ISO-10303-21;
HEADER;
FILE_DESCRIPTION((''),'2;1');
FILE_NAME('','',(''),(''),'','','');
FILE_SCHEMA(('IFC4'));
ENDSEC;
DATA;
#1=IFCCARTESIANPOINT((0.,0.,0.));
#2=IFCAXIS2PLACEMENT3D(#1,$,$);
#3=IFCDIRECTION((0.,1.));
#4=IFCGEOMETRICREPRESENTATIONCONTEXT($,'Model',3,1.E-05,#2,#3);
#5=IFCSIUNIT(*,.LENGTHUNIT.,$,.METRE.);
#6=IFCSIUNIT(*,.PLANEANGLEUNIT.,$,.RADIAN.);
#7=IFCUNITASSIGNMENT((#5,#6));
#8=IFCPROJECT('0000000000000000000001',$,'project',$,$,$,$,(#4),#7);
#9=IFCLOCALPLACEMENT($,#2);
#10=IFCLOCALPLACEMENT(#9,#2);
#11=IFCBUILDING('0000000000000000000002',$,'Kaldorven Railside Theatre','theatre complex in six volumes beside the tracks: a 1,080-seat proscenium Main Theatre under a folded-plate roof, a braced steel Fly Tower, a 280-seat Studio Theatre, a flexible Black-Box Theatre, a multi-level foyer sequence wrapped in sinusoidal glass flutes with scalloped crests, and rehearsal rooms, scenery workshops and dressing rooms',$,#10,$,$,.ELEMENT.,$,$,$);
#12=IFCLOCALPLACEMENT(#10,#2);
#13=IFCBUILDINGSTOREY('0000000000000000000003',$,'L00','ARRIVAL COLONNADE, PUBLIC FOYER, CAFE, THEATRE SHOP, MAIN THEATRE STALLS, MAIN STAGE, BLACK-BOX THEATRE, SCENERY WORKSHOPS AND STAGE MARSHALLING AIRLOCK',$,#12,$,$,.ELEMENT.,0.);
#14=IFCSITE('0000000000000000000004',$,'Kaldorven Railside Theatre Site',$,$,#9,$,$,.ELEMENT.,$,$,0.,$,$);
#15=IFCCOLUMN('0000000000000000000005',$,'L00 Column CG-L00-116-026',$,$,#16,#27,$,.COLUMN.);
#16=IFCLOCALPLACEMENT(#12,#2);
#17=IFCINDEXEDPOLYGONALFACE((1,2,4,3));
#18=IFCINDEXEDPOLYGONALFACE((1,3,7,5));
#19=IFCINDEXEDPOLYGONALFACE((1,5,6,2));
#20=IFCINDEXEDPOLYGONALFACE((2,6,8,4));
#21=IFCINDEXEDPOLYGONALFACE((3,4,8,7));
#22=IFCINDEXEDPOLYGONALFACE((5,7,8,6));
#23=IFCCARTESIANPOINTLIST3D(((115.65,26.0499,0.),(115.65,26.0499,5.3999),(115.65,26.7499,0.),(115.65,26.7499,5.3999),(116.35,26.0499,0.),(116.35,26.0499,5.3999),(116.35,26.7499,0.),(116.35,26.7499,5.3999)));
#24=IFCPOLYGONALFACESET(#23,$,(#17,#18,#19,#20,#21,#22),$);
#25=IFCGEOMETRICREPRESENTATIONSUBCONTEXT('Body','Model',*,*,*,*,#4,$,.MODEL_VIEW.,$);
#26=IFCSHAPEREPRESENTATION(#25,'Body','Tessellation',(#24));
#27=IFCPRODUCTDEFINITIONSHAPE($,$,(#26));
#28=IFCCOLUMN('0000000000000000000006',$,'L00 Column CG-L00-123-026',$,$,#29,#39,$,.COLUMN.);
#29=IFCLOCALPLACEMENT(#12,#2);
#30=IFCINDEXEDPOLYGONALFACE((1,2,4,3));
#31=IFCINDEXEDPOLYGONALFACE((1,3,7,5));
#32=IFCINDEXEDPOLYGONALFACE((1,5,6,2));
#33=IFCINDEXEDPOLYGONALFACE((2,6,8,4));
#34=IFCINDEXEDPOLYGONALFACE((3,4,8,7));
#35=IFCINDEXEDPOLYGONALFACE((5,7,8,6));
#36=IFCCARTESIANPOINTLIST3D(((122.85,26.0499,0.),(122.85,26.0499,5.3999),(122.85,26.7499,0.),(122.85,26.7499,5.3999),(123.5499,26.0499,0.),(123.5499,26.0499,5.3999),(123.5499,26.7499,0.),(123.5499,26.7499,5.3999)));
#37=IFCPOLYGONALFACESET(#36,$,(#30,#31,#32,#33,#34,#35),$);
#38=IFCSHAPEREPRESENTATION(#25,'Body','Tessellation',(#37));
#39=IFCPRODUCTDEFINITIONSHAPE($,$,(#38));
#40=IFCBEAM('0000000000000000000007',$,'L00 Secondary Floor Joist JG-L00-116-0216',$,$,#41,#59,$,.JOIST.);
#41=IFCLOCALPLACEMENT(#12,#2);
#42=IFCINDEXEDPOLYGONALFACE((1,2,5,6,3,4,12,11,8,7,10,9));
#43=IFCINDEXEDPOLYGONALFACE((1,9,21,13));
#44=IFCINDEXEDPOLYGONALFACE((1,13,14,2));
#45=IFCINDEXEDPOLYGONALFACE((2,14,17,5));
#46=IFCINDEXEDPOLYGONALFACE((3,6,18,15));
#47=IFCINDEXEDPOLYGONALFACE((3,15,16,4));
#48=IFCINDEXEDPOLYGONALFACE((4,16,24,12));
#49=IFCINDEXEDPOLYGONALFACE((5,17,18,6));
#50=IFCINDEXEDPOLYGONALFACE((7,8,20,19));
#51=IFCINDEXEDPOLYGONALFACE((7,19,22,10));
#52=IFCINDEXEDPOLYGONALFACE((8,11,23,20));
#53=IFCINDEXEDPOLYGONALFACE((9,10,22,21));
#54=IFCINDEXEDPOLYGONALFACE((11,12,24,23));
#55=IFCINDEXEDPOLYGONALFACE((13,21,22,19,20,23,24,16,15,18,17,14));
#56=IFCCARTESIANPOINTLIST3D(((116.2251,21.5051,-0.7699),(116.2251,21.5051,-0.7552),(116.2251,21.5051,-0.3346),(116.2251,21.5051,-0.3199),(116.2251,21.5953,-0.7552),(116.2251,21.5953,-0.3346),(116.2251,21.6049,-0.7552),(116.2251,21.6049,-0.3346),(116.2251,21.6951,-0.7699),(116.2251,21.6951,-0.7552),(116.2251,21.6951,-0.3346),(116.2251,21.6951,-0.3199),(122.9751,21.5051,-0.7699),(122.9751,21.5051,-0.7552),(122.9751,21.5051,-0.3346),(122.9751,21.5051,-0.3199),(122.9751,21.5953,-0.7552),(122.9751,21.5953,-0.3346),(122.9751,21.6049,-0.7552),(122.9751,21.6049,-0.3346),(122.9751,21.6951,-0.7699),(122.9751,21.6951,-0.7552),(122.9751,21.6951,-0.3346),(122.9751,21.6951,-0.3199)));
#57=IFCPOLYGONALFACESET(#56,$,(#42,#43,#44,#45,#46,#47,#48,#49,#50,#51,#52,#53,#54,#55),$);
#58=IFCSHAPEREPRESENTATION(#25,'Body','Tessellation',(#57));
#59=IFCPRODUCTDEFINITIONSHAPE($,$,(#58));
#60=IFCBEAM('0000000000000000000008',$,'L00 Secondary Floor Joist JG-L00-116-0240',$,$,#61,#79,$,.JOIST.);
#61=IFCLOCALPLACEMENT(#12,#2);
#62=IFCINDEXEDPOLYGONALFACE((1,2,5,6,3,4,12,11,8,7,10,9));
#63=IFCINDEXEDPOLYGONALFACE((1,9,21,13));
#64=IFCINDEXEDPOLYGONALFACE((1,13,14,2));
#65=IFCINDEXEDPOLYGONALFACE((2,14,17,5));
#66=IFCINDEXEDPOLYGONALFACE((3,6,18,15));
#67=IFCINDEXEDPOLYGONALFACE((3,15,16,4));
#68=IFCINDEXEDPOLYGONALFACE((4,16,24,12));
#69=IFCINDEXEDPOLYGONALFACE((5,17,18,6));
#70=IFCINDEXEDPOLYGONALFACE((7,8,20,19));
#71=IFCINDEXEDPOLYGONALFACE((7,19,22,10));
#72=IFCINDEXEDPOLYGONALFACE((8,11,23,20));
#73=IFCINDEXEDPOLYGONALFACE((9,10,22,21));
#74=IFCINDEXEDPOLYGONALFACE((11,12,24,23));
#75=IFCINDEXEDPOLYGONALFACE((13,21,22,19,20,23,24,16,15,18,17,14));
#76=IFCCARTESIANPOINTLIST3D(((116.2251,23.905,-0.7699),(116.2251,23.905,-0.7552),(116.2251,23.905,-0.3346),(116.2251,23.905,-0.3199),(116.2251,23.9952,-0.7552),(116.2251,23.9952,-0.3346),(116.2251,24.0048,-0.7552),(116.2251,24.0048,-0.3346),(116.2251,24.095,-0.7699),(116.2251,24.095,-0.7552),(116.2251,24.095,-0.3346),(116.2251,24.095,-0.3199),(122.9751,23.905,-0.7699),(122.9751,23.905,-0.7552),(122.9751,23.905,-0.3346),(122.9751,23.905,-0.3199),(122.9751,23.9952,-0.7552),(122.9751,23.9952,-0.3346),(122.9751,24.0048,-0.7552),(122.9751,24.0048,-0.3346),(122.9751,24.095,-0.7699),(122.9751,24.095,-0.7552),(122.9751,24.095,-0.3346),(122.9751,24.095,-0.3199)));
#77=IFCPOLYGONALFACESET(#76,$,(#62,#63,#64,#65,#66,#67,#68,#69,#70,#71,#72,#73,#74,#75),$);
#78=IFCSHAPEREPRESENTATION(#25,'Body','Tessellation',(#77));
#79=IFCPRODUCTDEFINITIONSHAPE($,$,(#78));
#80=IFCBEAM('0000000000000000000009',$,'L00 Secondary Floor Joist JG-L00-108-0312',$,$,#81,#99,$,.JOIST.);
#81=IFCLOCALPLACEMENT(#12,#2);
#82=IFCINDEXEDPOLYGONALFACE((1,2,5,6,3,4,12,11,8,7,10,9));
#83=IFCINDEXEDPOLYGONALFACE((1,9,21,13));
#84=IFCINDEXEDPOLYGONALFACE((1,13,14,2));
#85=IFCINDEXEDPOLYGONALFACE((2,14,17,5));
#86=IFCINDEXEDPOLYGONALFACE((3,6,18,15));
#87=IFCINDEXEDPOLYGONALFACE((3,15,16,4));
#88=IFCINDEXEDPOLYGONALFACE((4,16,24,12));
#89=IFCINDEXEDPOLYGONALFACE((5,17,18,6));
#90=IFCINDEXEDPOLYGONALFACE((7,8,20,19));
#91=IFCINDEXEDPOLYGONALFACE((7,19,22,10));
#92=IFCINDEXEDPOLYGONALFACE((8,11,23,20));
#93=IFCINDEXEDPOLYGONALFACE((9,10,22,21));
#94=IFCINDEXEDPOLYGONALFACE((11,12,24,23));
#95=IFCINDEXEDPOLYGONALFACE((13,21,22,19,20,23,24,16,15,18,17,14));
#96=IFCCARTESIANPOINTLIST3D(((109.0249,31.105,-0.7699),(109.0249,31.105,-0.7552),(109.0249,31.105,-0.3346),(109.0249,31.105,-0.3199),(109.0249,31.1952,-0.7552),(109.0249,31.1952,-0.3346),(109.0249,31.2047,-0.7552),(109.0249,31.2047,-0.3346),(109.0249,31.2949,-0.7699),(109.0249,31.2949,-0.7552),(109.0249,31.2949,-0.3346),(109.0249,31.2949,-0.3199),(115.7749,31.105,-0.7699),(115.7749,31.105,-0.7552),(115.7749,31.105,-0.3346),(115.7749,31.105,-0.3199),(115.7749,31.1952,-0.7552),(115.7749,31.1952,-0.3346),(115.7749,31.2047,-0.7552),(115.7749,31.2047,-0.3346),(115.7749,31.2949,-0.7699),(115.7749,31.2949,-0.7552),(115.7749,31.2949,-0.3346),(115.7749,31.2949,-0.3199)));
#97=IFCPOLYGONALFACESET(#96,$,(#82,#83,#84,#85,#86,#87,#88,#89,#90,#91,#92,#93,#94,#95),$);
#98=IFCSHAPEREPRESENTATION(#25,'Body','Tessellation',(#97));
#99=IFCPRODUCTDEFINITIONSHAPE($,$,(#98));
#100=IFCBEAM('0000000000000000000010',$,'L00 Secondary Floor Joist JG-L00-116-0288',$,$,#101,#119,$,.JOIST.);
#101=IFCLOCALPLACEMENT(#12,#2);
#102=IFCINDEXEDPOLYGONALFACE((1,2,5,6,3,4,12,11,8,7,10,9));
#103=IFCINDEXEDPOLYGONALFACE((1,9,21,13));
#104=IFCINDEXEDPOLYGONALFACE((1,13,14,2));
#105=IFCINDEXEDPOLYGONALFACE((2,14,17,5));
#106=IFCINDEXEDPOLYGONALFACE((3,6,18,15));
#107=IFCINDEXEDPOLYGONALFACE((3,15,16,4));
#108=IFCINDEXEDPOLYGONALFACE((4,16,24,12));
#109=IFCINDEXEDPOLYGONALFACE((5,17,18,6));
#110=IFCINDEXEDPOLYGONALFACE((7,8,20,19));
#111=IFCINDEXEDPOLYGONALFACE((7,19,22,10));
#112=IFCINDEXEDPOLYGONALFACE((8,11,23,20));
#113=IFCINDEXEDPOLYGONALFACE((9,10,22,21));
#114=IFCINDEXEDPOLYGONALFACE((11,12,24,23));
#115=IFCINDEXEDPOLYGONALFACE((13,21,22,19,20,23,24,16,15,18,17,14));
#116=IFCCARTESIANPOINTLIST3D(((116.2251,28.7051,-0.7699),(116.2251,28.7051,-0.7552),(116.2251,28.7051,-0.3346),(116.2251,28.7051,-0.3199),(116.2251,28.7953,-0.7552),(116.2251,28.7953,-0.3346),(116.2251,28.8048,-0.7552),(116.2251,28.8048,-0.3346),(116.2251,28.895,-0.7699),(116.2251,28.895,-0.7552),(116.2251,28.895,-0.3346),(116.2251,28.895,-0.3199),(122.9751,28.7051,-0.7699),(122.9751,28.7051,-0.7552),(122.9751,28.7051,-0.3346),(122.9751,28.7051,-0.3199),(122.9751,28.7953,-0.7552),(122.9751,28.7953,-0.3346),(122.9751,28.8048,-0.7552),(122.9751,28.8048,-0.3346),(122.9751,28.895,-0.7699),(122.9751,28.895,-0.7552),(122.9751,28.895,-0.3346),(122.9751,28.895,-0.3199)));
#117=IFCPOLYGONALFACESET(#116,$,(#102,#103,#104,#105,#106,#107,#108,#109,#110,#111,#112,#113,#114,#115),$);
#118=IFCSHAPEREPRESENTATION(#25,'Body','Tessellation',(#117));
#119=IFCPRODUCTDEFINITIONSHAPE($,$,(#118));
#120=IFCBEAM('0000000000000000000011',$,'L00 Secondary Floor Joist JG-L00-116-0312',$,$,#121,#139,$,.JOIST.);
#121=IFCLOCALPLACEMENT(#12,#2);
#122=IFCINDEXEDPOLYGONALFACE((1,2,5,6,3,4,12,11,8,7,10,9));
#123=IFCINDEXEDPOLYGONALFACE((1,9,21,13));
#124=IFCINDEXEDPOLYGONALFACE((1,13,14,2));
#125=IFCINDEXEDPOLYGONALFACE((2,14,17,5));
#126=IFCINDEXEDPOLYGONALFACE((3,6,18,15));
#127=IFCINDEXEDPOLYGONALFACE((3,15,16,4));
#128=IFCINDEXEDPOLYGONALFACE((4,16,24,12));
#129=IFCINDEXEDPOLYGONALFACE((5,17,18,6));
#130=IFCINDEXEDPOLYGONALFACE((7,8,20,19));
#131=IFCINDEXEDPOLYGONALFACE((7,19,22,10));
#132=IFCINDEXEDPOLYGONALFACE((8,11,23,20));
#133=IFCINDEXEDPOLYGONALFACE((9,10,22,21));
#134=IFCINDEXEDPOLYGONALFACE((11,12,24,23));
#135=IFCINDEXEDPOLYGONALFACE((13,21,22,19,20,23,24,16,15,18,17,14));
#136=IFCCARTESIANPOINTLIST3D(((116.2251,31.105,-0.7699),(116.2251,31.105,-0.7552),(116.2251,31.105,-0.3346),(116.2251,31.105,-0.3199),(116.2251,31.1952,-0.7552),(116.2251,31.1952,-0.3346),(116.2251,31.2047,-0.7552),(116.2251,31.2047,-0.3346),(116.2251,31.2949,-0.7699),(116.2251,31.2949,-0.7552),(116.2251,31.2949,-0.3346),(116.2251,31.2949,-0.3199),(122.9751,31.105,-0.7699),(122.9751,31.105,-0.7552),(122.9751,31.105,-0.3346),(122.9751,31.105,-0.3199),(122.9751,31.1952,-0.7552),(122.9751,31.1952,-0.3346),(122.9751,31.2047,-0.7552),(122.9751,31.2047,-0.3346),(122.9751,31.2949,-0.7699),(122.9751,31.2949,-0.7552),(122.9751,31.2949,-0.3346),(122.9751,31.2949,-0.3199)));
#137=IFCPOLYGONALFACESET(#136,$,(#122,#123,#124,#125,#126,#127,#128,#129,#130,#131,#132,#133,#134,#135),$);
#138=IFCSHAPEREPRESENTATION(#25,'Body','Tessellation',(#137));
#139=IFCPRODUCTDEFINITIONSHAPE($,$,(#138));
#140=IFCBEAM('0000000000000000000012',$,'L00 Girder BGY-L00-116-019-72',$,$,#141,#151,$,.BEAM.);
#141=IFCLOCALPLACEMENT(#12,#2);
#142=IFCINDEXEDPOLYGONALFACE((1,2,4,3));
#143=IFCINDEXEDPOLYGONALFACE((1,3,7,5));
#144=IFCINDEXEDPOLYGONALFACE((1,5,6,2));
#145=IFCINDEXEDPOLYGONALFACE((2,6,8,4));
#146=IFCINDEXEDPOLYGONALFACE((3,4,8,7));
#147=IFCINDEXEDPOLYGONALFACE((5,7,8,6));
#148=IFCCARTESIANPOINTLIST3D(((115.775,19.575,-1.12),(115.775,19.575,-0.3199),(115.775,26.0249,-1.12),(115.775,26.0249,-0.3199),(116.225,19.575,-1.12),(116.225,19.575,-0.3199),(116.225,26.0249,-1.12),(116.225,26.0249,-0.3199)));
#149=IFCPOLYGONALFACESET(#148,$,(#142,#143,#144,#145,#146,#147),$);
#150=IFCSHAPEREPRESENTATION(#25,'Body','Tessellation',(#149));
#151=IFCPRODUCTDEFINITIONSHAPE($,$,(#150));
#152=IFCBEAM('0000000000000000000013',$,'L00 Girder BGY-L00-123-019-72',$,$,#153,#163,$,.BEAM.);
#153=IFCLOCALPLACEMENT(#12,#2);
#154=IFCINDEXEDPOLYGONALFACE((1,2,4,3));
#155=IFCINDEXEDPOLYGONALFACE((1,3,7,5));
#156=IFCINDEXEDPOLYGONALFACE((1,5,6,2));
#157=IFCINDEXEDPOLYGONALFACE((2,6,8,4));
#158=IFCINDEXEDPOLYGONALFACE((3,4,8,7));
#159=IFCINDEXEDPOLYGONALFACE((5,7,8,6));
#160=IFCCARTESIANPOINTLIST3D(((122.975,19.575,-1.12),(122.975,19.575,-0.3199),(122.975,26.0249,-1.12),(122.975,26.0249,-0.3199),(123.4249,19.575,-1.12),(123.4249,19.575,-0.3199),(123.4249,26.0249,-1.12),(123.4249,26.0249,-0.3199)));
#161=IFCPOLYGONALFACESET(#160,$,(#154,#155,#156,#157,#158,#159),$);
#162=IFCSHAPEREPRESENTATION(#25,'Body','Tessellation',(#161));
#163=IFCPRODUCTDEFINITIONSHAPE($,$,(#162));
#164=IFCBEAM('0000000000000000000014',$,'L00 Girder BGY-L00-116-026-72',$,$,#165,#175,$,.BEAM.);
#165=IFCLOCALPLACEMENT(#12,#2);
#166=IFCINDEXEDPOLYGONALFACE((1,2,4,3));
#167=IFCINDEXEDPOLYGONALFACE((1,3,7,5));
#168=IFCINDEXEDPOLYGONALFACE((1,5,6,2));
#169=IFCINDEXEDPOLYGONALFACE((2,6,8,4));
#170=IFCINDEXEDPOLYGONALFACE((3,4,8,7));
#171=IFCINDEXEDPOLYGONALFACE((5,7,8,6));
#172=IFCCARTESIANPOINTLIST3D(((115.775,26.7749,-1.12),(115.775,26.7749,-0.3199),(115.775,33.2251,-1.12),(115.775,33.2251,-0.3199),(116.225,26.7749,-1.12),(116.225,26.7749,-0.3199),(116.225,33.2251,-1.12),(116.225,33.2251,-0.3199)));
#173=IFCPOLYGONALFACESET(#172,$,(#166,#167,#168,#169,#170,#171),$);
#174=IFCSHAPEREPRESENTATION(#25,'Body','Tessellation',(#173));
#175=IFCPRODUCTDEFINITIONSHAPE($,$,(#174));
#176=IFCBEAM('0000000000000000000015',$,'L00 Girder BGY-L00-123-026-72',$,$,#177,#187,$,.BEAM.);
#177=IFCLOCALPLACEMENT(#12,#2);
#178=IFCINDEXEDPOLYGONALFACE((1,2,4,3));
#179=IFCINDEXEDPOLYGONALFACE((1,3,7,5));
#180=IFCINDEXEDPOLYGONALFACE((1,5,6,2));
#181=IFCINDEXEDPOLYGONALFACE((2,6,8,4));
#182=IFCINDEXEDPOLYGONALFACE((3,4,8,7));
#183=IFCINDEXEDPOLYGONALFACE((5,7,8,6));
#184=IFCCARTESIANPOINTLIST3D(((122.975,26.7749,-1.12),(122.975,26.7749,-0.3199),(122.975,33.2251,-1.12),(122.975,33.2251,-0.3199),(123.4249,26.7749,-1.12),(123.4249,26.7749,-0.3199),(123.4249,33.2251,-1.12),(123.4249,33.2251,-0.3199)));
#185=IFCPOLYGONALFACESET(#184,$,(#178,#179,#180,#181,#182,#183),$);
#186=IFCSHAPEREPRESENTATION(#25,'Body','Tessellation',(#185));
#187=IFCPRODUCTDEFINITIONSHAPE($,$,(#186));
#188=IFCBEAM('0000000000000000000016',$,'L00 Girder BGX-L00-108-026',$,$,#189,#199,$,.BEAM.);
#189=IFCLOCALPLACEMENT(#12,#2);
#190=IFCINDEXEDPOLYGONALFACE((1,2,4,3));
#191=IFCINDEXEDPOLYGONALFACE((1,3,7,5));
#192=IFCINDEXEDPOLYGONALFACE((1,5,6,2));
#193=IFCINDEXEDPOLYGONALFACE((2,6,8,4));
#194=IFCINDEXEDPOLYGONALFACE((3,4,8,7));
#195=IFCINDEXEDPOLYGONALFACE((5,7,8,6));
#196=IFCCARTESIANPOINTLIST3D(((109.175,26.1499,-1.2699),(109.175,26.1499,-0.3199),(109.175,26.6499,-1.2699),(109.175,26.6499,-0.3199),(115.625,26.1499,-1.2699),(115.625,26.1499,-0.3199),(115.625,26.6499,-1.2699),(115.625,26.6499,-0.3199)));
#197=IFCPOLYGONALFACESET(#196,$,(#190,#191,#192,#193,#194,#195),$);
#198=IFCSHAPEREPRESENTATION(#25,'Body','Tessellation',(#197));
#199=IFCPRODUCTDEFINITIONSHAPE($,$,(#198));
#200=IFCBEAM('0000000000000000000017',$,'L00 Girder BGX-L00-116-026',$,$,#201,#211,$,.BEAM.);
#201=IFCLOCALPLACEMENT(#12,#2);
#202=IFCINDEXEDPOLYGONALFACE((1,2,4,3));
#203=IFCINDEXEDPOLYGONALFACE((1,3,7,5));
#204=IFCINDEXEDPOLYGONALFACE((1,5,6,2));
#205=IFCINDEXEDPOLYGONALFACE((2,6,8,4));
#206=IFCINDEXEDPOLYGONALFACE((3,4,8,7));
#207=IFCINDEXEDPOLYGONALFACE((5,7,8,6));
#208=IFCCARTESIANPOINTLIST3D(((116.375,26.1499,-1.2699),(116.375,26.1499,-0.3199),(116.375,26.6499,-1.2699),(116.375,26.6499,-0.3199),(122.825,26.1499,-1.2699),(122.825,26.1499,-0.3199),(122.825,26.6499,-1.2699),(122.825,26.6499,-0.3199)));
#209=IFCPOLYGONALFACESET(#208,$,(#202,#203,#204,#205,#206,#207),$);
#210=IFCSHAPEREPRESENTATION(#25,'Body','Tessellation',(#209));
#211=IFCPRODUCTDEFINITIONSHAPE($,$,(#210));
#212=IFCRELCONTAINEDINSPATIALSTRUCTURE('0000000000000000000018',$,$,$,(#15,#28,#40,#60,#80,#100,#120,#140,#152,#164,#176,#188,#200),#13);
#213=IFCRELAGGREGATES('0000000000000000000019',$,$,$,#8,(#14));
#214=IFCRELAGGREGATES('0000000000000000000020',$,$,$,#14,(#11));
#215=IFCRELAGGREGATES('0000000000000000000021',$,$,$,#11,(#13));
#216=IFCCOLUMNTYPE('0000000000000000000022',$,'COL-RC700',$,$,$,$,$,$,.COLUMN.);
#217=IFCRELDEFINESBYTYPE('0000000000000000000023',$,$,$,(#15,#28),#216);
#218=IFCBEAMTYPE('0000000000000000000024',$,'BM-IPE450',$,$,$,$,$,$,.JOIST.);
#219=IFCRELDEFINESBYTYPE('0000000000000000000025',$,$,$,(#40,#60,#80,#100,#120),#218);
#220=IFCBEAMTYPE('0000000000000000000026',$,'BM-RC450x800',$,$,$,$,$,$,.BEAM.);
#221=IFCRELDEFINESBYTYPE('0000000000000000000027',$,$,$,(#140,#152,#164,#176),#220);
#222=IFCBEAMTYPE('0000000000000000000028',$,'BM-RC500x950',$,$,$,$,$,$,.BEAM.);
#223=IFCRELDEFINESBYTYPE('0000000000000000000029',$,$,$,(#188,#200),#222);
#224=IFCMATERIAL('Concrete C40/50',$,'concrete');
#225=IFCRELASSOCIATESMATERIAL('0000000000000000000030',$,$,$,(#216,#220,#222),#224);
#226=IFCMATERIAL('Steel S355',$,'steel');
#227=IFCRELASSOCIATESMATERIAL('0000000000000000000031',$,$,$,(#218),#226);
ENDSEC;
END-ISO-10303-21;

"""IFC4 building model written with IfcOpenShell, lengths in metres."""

from ifc_helpers import new_model, si_unit, direction, frame, origin, origin_2d, place, context, subcontext, project, spatial, rectangle, i_section, extrude, material, material_profile, profile_set, type_object, element, save


model = new_model("IFC4")

# Units and contexts
model_context = context("Model", 3, precision=1e-05, world=origin(), true_north=direction((0.0, 1.0)))
body_context = subcontext(model_context, "Body", "Model", "MODEL_VIEW")
ifc_project = project(units=[si_unit("LENGTHUNIT", "METRE"), si_unit("PLANEANGLEUNIT", "RADIAN")], contexts=[model_context])

# Site, building, storey
site_placement = place(None, origin())
site = spatial("IfcSite", under=ifc_project, at=site_placement, Name="Kaldorven Railside Theatre Site", CompositionType="ELEMENT", RefElevation=0.0)
building_placement = place(site_placement, origin())
building = spatial("IfcBuilding", under=site, at=building_placement, Name="Kaldorven Railside Theatre", Description="theatre complex in six volumes beside the tracks: a 1,080-seat proscenium Main Theatre under a folded-plate roof, a braced steel Fly Tower, a 280-seat Studio Theatre, a flexible Black-Box Theatre, a multi-level foyer sequence wrapped in sinusoidal glass flutes with scalloped crests, and rehearsal rooms, scenery workshops and dressing rooms", CompositionType="ELEMENT")
storey_placement = place(building_placement, origin())
storey = spatial("IfcBuildingStorey", under=building, at=storey_placement, Name="L00", Description="ARRIVAL COLONNADE, PUBLIC FOYER, CAFE, THEATRE SHOP, MAIN THEATRE STALLS, MAIN STAGE, BLACK-BOX THEATRE, SCENERY WORKSHOPS AND STAGE MARSHALLING AIRLOCK", CompositionType="ELEMENT", Elevation=0.0)

# Columns
ifc_material_1 = material(Name="Concrete C40/50", Category="concrete")
ifc_material_profile_1 = material_profile(ifc_material_1, rectangle(XDim=0.7, YDim=0.7, at=origin_2d()), Name="RC 700x700")
ifc_profile_set_1 = profile_set([ifc_material_profile_1], Name="Concrete C40/50")
column_type = type_object("IfcColumnType", Name="COL-RC700", PredefinedType="COLUMN", material=ifc_profile_set_1)
for number, where, z_axis, x_axis, name in (
    (1, (116.0, 26.3999, 0.0), (0.0, 0.0, 1.0), (1.0, 0.0, 0.0), "L00 Column CG-L00-116-026"),
    (2, (123.2, 26.3999, 0.0), (0.0, 0.0, 1.0), (0.0, 1.0, 0.0), "L00 Column CG-L00-123-026"),
):
    element("IfcColumn", number, at=place(storey_placement, frame(where, z_axis=z_axis, x_axis=x_axis)), inside=storey, type_object=column_type, Name=name, PredefinedType="COLUMN", context=body_context, shape_type="SweptSolid", body=[
        extrude(rectangle(XDim=0.7, YDim=0.7, at=origin_2d()), origin(), (0.0, 0.0, 1.0), 5.3999),
    ])

# Beams
ifc_material_2 = material(Name="Steel S355", Category="steel")
ifc_material_profile_2 = material_profile(ifc_material_2, i_section(OverallWidth=0.1899, OverallDepth=0.45, WebThickness=0.0095, FlangeThickness=0.0146, at=origin_2d()), Name="IPE 450")
ifc_profile_set_2 = profile_set([ifc_material_profile_2], Name="Steel S355")
beam_type_1 = type_object("IfcBeamType", Name="BM-IPE450", PredefinedType="JOIST", material=ifc_profile_set_2)
for number, where, z_axis, x_axis, name in (
    (3, (116.2251, 21.6001, -0.5449), (1.0, 0.0, 0.0), (0.0, 1.0, 0.0), "L00 Secondary Floor Joist JG-L00-116-0216"),
    (4, (116.2251, 24.0, -0.5449), (1.0, 0.0, 0.0), (0.0, 1.0, 0.0), "L00 Secondary Floor Joist JG-L00-116-0240"),
    (5, (109.0249, 31.2, -0.5449), (1.0, 0.0, 0.0), (0.0, 1.0, 0.0), "L00 Secondary Floor Joist JG-L00-108-0312"),
    (6, (116.2251, 28.8, -0.5449), (1.0, 0.0, 0.0), (0.0, 1.0, 0.0), "L00 Secondary Floor Joist JG-L00-116-0288"),
    (7, (116.2251, 31.2, -0.5449), (1.0, 0.0, 0.0), (0.0, 1.0, 0.0), "L00 Secondary Floor Joist JG-L00-116-0312"),
):
    element("IfcBeam", number, at=place(storey_placement, frame(where, z_axis=z_axis, x_axis=x_axis)), inside=storey, type_object=beam_type_1, Name=name, PredefinedType="JOIST", context=body_context, shape_type="SweptSolid", body=[
        extrude(i_section(OverallWidth=0.1899, OverallDepth=0.45, WebThickness=0.0095, FlangeThickness=0.0146, at=origin_2d()), origin(), (0.0, 0.0, 1.0), 6.75),
    ])
ifc_material_profile_3 = material_profile(ifc_material_1, rectangle(XDim=0.45, YDim=0.8, at=origin_2d()), Name="RC 450x800")
ifc_profile_set_3 = profile_set([ifc_material_profile_3], Name="Concrete C40/50")
beam_type_2 = type_object("IfcBeamType", Name="BM-RC450x800", PredefinedType="BEAM", material=ifc_profile_set_3)
for number, where, z_axis, x_axis, name in (
    (8, (116.0, 19.575, -0.72), (0.0, 1.0, 0.0), (-1.0, 0.0, 0.0), "L00 Girder BGY-L00-116-019-72"),
    (9, (123.2, 19.575, -0.72), (0.0, 1.0, 0.0), (-1.0, 0.0, 0.0), "L00 Girder BGY-L00-123-019-72"),
):
    element("IfcBeam", number, at=place(storey_placement, frame(where, z_axis=z_axis, x_axis=x_axis)), inside=storey, type_object=beam_type_2, Name=name, PredefinedType="BEAM", context=body_context, shape_type="SweptSolid", body=[
        extrude(rectangle(XDim=0.45, YDim=0.8, at=origin_2d()), origin(), (0.0, 0.0, 1.0), 6.45),
    ])
for number, where, z_axis, x_axis, name in (
    (10, (116.0, 26.7749, -0.72), (0.0, 1.0, 0.0), (-1.0, 0.0, 0.0), "L00 Girder BGY-L00-116-026-72"),
    (11, (123.2, 26.7749, -0.72), (0.0, 1.0, 0.0), (-1.0, 0.0, 0.0), "L00 Girder BGY-L00-123-026-72"),
):
    element("IfcBeam", number, at=place(storey_placement, frame(where, z_axis=z_axis, x_axis=x_axis)), inside=storey, type_object=beam_type_2, Name=name, PredefinedType="BEAM", context=body_context, shape_type="SweptSolid", body=[
        extrude(rectangle(XDim=0.45, YDim=0.8, at=origin_2d()), origin(), (0.0, 0.0, 1.0), 6.4502),
    ])
ifc_material_profile_4 = material_profile(ifc_material_1, rectangle(XDim=0.5, YDim=0.95, at=origin_2d()), Name="RC 500x950")
ifc_profile_set_4 = profile_set([ifc_material_profile_4], Name="Concrete C40/50")
beam_type_3 = type_object("IfcBeamType", Name="BM-RC500x950", PredefinedType="BEAM", material=ifc_profile_set_4)
for number, where, z_axis, x_axis, name in (
    (12, (109.175, 26.3999, -0.7949), (1.0, 0.0, 0.0), (0.0, 1.0, 0.0), "L00 Girder BGX-L00-108-026"),
    (13, (116.375, 26.3999, -0.7949), (1.0, 0.0, 0.0), (0.0, 1.0, 0.0), "L00 Girder BGX-L00-116-026"),
):
    element("IfcBeam", number, at=place(storey_placement, frame(where, z_axis=z_axis, x_axis=x_axis)), inside=storey, type_object=beam_type_3, Name=name, PredefinedType="BEAM", context=body_context, shape_type="SweptSolid", body=[
        extrude(rectangle(XDim=0.5, YDim=0.95, at=origin_2d()), origin(), (0.0, 0.0, 1.0), 6.45),
    ])

save(model, "model.ifc")
